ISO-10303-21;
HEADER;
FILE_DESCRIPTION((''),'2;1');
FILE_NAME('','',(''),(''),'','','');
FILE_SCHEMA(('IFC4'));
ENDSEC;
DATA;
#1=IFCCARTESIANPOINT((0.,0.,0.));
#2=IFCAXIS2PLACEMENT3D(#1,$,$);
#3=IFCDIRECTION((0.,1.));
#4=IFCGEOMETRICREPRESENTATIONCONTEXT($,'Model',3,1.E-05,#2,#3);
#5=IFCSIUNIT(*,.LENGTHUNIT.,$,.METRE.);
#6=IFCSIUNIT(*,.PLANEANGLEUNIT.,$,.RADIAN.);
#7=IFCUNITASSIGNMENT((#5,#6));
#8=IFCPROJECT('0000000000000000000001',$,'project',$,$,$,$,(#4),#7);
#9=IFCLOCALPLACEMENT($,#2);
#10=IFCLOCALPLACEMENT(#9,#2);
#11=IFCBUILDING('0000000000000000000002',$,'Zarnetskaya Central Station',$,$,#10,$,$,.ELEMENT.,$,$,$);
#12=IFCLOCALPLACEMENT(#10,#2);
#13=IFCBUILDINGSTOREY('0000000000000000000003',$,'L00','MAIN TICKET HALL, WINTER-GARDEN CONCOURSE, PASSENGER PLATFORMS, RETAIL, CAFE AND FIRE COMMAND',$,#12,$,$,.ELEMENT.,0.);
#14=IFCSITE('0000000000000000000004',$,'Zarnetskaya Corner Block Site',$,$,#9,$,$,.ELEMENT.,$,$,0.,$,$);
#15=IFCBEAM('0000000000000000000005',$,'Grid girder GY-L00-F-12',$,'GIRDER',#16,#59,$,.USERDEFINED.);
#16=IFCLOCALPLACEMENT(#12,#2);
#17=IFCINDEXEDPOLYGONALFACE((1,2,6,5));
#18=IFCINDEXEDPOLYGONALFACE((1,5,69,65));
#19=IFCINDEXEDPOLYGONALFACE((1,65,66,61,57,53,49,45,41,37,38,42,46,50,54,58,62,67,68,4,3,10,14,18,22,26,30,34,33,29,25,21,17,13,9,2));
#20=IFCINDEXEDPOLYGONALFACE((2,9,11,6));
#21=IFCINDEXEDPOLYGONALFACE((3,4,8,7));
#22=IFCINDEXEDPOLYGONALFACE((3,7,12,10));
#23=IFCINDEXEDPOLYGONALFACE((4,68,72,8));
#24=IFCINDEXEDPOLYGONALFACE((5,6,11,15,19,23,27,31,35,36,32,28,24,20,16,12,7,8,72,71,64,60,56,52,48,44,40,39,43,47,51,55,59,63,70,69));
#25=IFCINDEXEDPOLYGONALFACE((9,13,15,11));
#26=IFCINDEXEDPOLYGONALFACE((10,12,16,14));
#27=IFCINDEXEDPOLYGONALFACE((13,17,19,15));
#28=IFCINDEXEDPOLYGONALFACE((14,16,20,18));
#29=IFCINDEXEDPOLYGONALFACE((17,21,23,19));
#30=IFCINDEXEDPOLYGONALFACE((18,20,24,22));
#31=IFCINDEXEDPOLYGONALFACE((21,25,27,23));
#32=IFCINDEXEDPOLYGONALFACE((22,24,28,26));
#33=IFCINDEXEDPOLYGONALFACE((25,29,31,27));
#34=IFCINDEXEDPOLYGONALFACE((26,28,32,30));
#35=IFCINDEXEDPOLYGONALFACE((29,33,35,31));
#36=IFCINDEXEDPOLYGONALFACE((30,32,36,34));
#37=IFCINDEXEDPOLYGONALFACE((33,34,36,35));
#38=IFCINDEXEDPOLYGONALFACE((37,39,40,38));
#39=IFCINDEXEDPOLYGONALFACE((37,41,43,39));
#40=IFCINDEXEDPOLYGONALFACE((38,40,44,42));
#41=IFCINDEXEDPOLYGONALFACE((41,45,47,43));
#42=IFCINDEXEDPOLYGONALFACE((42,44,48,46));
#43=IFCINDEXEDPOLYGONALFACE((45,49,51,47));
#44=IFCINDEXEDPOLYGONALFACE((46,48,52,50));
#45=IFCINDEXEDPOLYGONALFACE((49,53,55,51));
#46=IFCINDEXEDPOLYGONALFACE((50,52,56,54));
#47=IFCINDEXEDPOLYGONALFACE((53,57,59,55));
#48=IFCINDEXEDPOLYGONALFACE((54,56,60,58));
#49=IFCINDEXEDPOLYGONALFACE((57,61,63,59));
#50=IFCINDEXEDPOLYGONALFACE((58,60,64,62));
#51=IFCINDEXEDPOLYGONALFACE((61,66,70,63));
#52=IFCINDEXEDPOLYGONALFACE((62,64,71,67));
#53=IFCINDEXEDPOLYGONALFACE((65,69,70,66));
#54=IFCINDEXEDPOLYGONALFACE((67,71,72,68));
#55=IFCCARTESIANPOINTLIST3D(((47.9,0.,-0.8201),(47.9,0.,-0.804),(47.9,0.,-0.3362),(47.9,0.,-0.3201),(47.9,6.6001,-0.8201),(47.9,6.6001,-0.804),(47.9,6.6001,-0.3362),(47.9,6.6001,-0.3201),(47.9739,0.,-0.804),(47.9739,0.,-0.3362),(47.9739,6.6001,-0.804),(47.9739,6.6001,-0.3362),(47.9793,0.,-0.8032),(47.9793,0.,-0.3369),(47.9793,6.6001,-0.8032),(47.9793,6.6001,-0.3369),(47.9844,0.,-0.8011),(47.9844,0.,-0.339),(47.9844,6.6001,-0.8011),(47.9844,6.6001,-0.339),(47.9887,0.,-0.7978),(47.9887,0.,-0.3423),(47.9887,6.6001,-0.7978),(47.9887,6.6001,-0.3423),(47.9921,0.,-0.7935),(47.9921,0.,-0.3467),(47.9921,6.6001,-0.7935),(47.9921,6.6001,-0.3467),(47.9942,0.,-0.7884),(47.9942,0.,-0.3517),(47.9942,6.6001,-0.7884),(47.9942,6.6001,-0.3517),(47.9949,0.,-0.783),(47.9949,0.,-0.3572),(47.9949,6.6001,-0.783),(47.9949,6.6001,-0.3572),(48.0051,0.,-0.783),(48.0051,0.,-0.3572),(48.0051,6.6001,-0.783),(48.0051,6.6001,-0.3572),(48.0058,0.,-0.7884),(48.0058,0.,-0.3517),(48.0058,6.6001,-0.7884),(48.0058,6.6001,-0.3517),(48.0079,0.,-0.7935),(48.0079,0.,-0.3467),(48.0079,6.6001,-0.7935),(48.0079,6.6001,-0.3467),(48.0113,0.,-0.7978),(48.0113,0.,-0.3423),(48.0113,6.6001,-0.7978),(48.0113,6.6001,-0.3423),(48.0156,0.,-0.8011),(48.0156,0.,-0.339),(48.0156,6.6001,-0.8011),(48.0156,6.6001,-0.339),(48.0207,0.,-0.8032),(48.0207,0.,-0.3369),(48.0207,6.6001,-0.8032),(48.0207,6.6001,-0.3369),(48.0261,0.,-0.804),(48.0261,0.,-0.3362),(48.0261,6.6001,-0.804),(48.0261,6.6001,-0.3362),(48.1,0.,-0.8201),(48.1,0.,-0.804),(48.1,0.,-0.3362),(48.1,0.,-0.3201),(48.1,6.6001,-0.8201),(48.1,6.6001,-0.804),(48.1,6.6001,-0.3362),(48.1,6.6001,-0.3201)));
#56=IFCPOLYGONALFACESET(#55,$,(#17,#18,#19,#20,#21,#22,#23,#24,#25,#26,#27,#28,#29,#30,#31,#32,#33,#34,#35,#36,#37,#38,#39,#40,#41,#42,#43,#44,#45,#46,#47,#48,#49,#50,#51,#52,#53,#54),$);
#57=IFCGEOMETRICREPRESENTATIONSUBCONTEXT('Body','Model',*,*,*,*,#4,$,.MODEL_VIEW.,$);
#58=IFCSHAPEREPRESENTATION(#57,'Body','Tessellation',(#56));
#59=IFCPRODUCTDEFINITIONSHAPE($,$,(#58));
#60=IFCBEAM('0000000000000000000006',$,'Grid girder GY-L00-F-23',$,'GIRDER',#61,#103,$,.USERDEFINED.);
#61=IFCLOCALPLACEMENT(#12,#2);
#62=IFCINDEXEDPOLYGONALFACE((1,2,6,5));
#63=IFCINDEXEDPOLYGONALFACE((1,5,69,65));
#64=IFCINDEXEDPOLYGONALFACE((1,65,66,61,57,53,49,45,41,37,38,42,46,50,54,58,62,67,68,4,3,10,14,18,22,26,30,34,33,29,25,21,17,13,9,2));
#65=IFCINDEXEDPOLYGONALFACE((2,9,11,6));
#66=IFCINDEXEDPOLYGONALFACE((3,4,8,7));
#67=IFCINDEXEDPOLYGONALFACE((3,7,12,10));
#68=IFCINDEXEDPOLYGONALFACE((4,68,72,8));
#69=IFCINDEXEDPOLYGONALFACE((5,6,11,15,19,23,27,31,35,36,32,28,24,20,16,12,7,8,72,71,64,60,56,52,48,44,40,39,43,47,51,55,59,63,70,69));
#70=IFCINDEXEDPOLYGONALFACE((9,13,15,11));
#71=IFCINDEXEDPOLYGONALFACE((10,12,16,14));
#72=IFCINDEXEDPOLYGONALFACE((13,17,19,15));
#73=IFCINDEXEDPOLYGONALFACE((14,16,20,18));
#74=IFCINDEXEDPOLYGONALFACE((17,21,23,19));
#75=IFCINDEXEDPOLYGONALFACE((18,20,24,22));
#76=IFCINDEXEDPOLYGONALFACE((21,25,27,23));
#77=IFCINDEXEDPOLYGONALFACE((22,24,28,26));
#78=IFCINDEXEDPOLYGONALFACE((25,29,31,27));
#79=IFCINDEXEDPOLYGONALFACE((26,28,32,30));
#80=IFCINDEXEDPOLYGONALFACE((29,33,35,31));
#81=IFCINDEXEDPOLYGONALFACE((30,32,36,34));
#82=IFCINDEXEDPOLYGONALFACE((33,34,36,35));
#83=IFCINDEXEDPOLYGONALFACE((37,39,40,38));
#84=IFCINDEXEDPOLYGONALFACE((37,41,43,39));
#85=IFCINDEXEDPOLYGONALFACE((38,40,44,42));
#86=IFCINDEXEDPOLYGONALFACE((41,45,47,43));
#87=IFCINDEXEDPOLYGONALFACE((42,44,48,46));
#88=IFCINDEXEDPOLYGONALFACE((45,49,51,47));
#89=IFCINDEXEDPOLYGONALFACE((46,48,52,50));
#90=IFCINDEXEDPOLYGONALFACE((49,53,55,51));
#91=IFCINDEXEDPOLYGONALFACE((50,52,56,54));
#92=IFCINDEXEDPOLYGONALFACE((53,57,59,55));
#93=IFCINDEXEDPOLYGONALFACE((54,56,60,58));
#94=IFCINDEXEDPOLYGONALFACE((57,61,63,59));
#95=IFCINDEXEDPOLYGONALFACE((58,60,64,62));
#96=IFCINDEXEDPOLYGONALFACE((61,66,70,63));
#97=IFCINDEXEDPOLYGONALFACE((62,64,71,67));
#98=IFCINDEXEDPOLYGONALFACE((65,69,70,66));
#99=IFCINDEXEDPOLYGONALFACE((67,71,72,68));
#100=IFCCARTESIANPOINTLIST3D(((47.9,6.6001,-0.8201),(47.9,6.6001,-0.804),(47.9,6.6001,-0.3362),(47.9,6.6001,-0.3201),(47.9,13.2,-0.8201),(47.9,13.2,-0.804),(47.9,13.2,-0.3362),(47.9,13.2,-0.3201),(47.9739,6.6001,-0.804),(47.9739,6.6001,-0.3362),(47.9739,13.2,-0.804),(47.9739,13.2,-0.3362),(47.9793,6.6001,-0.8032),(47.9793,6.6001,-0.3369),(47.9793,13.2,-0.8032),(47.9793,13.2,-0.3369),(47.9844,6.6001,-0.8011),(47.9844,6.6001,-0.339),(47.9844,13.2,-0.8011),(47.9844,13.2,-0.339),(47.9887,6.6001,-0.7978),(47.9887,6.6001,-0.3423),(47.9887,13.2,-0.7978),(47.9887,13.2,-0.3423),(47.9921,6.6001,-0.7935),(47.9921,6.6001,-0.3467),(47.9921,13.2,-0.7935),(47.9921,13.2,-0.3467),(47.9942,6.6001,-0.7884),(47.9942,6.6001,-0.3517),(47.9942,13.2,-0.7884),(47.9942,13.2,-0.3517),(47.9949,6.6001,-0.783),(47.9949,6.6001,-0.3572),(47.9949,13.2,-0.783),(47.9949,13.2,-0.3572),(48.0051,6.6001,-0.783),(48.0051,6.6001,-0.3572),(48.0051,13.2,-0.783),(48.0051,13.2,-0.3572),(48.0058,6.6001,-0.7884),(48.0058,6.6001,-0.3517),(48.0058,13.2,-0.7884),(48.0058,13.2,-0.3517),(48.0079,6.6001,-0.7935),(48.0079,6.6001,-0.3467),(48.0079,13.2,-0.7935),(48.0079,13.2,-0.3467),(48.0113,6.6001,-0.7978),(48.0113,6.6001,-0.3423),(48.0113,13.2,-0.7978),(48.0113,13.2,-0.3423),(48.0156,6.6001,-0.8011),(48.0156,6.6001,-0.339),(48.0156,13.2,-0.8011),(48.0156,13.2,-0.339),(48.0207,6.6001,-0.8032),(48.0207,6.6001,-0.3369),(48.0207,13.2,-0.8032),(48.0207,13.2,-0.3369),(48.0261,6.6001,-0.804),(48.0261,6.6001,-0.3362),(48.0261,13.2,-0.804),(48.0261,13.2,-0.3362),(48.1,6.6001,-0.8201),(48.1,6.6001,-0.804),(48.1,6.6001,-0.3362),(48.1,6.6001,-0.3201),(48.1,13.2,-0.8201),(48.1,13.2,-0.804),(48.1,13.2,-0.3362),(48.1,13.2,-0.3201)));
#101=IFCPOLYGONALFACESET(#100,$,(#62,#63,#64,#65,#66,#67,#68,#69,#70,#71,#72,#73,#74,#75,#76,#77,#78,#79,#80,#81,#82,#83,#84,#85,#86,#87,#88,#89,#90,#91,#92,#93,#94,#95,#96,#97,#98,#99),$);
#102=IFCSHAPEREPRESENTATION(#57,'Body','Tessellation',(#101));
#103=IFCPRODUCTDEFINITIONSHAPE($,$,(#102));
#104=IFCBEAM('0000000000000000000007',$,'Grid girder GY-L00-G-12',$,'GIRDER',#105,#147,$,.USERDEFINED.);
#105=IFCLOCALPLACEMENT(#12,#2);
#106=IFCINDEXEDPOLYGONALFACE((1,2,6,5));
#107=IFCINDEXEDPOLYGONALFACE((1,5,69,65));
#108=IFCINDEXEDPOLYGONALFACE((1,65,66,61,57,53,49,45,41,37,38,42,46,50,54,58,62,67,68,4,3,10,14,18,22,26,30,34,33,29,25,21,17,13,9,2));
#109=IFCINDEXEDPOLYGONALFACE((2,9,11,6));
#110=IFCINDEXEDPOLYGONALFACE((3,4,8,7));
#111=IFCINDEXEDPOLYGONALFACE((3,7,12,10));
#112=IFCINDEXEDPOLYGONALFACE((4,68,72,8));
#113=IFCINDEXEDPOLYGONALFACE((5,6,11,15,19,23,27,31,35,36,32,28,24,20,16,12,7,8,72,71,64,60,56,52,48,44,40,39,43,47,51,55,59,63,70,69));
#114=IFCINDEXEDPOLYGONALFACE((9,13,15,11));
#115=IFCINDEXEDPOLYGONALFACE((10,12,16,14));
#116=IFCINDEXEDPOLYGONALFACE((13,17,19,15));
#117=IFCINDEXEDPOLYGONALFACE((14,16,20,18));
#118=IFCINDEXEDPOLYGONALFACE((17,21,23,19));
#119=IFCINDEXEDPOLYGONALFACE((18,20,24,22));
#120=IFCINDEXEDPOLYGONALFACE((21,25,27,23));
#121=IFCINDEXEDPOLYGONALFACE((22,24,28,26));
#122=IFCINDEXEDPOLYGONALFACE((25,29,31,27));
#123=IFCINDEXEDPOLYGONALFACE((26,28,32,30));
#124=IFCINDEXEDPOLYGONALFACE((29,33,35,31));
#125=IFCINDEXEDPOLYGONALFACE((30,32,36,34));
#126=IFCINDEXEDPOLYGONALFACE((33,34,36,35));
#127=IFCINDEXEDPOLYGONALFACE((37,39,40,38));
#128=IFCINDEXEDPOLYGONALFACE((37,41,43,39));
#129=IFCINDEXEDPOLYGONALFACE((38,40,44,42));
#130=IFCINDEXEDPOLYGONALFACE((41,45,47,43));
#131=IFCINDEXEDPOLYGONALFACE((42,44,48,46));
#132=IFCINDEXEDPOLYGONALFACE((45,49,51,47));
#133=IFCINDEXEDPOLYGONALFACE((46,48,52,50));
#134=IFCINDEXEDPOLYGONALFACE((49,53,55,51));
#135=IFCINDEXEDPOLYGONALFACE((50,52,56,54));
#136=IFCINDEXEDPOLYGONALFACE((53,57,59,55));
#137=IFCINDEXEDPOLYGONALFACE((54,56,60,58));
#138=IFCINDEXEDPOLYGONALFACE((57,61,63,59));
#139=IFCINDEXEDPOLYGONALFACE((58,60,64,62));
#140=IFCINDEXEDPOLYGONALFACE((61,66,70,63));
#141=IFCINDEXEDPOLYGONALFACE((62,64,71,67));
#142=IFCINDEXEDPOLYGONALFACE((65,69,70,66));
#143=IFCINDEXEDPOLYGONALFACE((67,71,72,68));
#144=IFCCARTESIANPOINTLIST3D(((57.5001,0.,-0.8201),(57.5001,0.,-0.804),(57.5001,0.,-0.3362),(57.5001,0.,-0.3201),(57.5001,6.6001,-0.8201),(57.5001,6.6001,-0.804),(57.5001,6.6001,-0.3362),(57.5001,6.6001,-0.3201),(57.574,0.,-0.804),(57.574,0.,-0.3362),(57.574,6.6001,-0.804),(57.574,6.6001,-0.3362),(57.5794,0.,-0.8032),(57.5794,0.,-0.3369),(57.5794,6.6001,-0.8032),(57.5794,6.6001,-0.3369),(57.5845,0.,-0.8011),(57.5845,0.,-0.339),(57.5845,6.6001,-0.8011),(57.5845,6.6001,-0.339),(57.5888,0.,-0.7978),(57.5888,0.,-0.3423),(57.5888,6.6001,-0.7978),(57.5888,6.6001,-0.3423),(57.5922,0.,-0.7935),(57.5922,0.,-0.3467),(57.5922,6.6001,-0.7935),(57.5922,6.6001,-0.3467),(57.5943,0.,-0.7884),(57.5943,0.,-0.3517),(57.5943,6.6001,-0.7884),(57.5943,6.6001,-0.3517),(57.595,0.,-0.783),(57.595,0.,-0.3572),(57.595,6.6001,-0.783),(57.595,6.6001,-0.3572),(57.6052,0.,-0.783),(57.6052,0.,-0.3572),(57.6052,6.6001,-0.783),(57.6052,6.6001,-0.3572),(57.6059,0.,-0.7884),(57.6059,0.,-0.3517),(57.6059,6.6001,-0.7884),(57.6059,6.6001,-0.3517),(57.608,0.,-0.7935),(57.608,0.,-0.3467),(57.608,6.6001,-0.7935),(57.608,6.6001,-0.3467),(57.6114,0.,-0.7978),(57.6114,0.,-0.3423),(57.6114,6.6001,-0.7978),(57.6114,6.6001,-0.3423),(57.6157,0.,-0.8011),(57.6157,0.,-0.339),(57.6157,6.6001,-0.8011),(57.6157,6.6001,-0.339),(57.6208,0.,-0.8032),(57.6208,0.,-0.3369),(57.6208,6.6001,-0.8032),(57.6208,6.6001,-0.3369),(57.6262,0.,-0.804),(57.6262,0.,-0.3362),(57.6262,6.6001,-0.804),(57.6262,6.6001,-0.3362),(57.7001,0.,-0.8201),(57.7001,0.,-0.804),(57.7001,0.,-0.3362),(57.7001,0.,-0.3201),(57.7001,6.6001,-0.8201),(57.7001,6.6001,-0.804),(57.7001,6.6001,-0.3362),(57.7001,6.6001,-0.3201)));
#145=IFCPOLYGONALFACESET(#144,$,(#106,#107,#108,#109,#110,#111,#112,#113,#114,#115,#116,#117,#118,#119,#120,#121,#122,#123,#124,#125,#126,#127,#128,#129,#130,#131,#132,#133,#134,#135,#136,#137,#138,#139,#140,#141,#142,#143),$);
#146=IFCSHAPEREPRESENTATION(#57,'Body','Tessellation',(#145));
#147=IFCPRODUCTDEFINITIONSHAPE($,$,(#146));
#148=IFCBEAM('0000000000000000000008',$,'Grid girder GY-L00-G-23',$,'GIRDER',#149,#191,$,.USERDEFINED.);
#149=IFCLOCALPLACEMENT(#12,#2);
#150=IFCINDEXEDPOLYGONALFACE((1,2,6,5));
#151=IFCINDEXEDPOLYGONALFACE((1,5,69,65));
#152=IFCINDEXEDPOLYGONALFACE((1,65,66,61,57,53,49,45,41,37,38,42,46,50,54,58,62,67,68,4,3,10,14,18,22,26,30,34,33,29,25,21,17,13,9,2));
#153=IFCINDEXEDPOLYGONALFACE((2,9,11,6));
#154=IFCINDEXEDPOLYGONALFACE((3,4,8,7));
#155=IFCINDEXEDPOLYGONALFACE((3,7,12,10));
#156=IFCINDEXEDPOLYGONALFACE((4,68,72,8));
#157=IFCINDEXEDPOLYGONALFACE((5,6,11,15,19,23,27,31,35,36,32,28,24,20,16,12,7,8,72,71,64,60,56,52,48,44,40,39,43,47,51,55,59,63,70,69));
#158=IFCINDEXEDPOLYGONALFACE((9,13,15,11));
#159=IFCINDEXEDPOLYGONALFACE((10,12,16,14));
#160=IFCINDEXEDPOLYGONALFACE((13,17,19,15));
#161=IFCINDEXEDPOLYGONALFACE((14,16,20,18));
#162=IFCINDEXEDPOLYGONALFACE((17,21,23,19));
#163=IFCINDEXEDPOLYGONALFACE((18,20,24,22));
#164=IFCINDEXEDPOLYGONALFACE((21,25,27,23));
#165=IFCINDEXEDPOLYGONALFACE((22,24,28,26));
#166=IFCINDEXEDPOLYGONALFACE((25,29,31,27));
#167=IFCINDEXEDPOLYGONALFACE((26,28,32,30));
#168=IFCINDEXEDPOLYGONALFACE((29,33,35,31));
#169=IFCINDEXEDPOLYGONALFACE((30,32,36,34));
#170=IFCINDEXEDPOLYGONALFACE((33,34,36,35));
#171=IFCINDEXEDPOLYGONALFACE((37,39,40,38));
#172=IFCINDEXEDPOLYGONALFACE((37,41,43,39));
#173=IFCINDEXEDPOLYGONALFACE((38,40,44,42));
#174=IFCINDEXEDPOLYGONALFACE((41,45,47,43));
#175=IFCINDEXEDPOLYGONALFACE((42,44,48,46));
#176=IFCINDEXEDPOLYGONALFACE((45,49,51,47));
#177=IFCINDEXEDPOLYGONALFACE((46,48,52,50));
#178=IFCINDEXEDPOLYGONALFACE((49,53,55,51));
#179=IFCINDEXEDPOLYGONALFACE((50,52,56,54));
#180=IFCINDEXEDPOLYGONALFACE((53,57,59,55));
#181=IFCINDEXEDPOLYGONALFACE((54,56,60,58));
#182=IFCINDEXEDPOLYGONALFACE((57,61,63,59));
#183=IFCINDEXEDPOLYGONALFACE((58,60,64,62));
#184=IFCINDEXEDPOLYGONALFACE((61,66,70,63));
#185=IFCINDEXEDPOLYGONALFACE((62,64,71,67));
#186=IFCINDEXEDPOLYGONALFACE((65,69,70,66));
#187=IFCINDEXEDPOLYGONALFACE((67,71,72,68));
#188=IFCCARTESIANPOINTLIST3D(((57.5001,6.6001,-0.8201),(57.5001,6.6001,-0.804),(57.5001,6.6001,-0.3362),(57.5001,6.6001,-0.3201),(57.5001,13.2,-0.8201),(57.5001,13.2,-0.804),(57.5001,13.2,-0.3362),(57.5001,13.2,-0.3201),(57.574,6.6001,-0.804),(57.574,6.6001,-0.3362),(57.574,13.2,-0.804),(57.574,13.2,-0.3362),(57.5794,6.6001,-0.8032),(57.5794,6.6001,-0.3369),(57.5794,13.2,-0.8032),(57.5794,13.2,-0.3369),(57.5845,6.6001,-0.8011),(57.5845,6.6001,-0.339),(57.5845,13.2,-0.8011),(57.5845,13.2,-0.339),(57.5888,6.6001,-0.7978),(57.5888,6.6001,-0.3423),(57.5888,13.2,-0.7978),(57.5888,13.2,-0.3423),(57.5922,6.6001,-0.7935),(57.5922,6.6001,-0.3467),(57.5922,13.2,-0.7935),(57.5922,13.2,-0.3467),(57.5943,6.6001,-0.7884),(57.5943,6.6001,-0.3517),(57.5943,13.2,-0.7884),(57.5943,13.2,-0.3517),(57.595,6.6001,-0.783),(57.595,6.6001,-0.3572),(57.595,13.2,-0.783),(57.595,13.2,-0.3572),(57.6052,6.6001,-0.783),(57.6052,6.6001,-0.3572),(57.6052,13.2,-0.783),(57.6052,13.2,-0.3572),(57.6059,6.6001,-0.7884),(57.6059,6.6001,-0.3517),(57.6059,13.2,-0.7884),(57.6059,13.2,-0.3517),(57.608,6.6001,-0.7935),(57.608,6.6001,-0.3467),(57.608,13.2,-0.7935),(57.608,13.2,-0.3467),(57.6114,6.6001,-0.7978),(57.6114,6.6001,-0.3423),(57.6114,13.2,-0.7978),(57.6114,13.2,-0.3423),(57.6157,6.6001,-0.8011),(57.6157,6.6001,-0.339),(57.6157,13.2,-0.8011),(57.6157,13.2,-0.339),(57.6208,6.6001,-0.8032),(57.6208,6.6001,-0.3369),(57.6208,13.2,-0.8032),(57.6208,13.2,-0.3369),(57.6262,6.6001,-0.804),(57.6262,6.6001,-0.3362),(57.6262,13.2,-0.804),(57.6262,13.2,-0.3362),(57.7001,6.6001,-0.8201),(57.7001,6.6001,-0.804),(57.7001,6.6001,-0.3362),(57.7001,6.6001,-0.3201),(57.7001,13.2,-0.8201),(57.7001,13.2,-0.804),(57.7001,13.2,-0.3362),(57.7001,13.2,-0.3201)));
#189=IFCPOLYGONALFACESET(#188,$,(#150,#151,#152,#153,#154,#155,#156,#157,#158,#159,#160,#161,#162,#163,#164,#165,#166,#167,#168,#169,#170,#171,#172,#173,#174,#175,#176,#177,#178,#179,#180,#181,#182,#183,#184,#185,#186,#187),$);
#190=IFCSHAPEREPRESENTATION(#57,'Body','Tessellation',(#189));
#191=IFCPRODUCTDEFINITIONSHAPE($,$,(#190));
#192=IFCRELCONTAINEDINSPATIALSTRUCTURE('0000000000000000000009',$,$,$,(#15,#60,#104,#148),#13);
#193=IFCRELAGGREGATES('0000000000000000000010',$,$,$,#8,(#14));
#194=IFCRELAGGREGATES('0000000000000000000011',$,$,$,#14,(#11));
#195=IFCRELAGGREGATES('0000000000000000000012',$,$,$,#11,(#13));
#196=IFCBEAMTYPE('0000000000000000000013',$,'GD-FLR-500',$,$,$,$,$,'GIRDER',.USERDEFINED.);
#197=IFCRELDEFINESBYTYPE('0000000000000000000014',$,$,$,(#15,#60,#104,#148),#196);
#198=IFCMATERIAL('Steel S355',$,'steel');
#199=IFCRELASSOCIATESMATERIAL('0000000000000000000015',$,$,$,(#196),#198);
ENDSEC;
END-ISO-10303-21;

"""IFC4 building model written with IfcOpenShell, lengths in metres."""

from ifc_helpers import new_model, si_unit, direction, frame, origin, origin_2d, place, context, subcontext, project, spatial, i_section, extrude, material, material_profile, profile_set, type_object, element, save


model = new_model("IFC4")

# Units and contexts
model_context = context("Model", 3, precision=1e-05, world=origin(), true_north=direction((0.0, 1.0)))
body_context = subcontext(model_context, "Body", "Model", "MODEL_VIEW")
ifc_project = project(units=[si_unit("LENGTHUNIT", "METRE"), si_unit("PLANEANGLEUNIT", "RADIAN")], contexts=[model_context])

# Site, building, storey
site_placement = place(None, origin())
site = spatial("IfcSite", under=ifc_project, at=site_placement, Name="Zarnetskaya Corner Block Site", CompositionType="ELEMENT", RefElevation=0.0)
building_placement = place(site_placement, origin())
building = spatial("IfcBuilding", under=site, at=building_placement, Name="Zarnetskaya Central Station", CompositionType="ELEMENT")
storey_placement = place(building_placement, origin())
storey = spatial("IfcBuildingStorey", under=building, at=storey_placement, Name="L00", Description="MAIN TICKET HALL, WINTER-GARDEN CONCOURSE, PASSENGER PLATFORMS, RETAIL, CAFE AND FIRE COMMAND", CompositionType="ELEMENT", Elevation=0.0)

# Shared definitions
ifc_material_1 = material(Name="Steel S355", Category="steel")

# Beams
ifc_material_profile_1 = material_profile(ifc_material_1, i_section(OverallWidth=0.2, OverallDepth=0.5, WebThickness=0.0103, FlangeThickness=0.0161, FilletRadius=0.021, at=origin_2d()), Name="IPE 500")
ifc_profile_set_1 = profile_set([ifc_material_profile_1], Name="Steel S355")
beam_type_1 = type_object("IfcBeamType", Name="GD-FLR-500", ElementType="GIRDER", PredefinedType="USERDEFINED", material=ifc_profile_set_1)
beam_1_placement = place(storey_placement, frame((48.0, 0.0, -0.5701), z_axis=(0.0, 1.0, 0.0), x_axis=(-1.0, 0.0, 0.0)))
element("IfcBeam", 1, at=beam_1_placement, inside=storey, type_object=beam_type_1, Name="Grid girder GY-L00-F-12", ObjectType="GIRDER", PredefinedType="USERDEFINED", context=body_context, shape_type="SweptSolid", body=[
    extrude(i_section(OverallWidth=0.2, OverallDepth=0.5, WebThickness=0.0103, FlangeThickness=0.0161, FilletRadius=0.021, at=origin_2d()), origin(), (0.0, 0.0, 1.0), 6.6001),
])
beam_2_placement = place(storey_placement, frame((48.0, 6.6001, -0.5701), z_axis=(0.0, 1.0, 0.0), x_axis=(-1.0, 0.0, 0.0)))
element("IfcBeam", 2, at=beam_2_placement, inside=storey, type_object=beam_type_1, Name="Grid girder GY-L00-F-23", ObjectType="GIRDER", PredefinedType="USERDEFINED", context=body_context, shape_type="SweptSolid", body=[
    extrude(i_section(OverallWidth=0.2, OverallDepth=0.5, WebThickness=0.0103, FlangeThickness=0.0161, FilletRadius=0.021, at=origin_2d()), origin(), (0.0, 0.0, 1.0), 6.5999),
])
beam_3_placement = place(storey_placement, frame((57.6001, 0.0, -0.5701), z_axis=(0.0, 1.0, 0.0), x_axis=(-1.0, 0.0, 0.0)))
element("IfcBeam", 3, at=beam_3_placement, inside=storey, type_object=beam_type_1, Name="Grid girder GY-L00-G-12", ObjectType="GIRDER", PredefinedType="USERDEFINED", context=body_context, shape_type="SweptSolid", body=[
    extrude(i_section(OverallWidth=0.2, OverallDepth=0.5, WebThickness=0.0103, FlangeThickness=0.0161, FilletRadius=0.021, at=origin_2d()), origin(), (0.0, 0.0, 1.0), 6.6001),
])
beam_4_placement = place(storey_placement, frame((57.6001, 6.6001, -0.5701), z_axis=(0.0, 1.0, 0.0), x_axis=(-1.0, 0.0, 0.0)))
element("IfcBeam", 4, at=beam_4_placement, inside=storey, type_object=beam_type_1, Name="Grid girder GY-L00-G-23", ObjectType="GIRDER", PredefinedType="USERDEFINED", context=body_context, shape_type="SweptSolid", body=[
    extrude(i_section(OverallWidth=0.2, OverallDepth=0.5, WebThickness=0.0103, FlangeThickness=0.0161, FilletRadius=0.021, at=origin_2d()), origin(), (0.0, 0.0, 1.0), 6.5999),
])

save(model, "model.ifc")
